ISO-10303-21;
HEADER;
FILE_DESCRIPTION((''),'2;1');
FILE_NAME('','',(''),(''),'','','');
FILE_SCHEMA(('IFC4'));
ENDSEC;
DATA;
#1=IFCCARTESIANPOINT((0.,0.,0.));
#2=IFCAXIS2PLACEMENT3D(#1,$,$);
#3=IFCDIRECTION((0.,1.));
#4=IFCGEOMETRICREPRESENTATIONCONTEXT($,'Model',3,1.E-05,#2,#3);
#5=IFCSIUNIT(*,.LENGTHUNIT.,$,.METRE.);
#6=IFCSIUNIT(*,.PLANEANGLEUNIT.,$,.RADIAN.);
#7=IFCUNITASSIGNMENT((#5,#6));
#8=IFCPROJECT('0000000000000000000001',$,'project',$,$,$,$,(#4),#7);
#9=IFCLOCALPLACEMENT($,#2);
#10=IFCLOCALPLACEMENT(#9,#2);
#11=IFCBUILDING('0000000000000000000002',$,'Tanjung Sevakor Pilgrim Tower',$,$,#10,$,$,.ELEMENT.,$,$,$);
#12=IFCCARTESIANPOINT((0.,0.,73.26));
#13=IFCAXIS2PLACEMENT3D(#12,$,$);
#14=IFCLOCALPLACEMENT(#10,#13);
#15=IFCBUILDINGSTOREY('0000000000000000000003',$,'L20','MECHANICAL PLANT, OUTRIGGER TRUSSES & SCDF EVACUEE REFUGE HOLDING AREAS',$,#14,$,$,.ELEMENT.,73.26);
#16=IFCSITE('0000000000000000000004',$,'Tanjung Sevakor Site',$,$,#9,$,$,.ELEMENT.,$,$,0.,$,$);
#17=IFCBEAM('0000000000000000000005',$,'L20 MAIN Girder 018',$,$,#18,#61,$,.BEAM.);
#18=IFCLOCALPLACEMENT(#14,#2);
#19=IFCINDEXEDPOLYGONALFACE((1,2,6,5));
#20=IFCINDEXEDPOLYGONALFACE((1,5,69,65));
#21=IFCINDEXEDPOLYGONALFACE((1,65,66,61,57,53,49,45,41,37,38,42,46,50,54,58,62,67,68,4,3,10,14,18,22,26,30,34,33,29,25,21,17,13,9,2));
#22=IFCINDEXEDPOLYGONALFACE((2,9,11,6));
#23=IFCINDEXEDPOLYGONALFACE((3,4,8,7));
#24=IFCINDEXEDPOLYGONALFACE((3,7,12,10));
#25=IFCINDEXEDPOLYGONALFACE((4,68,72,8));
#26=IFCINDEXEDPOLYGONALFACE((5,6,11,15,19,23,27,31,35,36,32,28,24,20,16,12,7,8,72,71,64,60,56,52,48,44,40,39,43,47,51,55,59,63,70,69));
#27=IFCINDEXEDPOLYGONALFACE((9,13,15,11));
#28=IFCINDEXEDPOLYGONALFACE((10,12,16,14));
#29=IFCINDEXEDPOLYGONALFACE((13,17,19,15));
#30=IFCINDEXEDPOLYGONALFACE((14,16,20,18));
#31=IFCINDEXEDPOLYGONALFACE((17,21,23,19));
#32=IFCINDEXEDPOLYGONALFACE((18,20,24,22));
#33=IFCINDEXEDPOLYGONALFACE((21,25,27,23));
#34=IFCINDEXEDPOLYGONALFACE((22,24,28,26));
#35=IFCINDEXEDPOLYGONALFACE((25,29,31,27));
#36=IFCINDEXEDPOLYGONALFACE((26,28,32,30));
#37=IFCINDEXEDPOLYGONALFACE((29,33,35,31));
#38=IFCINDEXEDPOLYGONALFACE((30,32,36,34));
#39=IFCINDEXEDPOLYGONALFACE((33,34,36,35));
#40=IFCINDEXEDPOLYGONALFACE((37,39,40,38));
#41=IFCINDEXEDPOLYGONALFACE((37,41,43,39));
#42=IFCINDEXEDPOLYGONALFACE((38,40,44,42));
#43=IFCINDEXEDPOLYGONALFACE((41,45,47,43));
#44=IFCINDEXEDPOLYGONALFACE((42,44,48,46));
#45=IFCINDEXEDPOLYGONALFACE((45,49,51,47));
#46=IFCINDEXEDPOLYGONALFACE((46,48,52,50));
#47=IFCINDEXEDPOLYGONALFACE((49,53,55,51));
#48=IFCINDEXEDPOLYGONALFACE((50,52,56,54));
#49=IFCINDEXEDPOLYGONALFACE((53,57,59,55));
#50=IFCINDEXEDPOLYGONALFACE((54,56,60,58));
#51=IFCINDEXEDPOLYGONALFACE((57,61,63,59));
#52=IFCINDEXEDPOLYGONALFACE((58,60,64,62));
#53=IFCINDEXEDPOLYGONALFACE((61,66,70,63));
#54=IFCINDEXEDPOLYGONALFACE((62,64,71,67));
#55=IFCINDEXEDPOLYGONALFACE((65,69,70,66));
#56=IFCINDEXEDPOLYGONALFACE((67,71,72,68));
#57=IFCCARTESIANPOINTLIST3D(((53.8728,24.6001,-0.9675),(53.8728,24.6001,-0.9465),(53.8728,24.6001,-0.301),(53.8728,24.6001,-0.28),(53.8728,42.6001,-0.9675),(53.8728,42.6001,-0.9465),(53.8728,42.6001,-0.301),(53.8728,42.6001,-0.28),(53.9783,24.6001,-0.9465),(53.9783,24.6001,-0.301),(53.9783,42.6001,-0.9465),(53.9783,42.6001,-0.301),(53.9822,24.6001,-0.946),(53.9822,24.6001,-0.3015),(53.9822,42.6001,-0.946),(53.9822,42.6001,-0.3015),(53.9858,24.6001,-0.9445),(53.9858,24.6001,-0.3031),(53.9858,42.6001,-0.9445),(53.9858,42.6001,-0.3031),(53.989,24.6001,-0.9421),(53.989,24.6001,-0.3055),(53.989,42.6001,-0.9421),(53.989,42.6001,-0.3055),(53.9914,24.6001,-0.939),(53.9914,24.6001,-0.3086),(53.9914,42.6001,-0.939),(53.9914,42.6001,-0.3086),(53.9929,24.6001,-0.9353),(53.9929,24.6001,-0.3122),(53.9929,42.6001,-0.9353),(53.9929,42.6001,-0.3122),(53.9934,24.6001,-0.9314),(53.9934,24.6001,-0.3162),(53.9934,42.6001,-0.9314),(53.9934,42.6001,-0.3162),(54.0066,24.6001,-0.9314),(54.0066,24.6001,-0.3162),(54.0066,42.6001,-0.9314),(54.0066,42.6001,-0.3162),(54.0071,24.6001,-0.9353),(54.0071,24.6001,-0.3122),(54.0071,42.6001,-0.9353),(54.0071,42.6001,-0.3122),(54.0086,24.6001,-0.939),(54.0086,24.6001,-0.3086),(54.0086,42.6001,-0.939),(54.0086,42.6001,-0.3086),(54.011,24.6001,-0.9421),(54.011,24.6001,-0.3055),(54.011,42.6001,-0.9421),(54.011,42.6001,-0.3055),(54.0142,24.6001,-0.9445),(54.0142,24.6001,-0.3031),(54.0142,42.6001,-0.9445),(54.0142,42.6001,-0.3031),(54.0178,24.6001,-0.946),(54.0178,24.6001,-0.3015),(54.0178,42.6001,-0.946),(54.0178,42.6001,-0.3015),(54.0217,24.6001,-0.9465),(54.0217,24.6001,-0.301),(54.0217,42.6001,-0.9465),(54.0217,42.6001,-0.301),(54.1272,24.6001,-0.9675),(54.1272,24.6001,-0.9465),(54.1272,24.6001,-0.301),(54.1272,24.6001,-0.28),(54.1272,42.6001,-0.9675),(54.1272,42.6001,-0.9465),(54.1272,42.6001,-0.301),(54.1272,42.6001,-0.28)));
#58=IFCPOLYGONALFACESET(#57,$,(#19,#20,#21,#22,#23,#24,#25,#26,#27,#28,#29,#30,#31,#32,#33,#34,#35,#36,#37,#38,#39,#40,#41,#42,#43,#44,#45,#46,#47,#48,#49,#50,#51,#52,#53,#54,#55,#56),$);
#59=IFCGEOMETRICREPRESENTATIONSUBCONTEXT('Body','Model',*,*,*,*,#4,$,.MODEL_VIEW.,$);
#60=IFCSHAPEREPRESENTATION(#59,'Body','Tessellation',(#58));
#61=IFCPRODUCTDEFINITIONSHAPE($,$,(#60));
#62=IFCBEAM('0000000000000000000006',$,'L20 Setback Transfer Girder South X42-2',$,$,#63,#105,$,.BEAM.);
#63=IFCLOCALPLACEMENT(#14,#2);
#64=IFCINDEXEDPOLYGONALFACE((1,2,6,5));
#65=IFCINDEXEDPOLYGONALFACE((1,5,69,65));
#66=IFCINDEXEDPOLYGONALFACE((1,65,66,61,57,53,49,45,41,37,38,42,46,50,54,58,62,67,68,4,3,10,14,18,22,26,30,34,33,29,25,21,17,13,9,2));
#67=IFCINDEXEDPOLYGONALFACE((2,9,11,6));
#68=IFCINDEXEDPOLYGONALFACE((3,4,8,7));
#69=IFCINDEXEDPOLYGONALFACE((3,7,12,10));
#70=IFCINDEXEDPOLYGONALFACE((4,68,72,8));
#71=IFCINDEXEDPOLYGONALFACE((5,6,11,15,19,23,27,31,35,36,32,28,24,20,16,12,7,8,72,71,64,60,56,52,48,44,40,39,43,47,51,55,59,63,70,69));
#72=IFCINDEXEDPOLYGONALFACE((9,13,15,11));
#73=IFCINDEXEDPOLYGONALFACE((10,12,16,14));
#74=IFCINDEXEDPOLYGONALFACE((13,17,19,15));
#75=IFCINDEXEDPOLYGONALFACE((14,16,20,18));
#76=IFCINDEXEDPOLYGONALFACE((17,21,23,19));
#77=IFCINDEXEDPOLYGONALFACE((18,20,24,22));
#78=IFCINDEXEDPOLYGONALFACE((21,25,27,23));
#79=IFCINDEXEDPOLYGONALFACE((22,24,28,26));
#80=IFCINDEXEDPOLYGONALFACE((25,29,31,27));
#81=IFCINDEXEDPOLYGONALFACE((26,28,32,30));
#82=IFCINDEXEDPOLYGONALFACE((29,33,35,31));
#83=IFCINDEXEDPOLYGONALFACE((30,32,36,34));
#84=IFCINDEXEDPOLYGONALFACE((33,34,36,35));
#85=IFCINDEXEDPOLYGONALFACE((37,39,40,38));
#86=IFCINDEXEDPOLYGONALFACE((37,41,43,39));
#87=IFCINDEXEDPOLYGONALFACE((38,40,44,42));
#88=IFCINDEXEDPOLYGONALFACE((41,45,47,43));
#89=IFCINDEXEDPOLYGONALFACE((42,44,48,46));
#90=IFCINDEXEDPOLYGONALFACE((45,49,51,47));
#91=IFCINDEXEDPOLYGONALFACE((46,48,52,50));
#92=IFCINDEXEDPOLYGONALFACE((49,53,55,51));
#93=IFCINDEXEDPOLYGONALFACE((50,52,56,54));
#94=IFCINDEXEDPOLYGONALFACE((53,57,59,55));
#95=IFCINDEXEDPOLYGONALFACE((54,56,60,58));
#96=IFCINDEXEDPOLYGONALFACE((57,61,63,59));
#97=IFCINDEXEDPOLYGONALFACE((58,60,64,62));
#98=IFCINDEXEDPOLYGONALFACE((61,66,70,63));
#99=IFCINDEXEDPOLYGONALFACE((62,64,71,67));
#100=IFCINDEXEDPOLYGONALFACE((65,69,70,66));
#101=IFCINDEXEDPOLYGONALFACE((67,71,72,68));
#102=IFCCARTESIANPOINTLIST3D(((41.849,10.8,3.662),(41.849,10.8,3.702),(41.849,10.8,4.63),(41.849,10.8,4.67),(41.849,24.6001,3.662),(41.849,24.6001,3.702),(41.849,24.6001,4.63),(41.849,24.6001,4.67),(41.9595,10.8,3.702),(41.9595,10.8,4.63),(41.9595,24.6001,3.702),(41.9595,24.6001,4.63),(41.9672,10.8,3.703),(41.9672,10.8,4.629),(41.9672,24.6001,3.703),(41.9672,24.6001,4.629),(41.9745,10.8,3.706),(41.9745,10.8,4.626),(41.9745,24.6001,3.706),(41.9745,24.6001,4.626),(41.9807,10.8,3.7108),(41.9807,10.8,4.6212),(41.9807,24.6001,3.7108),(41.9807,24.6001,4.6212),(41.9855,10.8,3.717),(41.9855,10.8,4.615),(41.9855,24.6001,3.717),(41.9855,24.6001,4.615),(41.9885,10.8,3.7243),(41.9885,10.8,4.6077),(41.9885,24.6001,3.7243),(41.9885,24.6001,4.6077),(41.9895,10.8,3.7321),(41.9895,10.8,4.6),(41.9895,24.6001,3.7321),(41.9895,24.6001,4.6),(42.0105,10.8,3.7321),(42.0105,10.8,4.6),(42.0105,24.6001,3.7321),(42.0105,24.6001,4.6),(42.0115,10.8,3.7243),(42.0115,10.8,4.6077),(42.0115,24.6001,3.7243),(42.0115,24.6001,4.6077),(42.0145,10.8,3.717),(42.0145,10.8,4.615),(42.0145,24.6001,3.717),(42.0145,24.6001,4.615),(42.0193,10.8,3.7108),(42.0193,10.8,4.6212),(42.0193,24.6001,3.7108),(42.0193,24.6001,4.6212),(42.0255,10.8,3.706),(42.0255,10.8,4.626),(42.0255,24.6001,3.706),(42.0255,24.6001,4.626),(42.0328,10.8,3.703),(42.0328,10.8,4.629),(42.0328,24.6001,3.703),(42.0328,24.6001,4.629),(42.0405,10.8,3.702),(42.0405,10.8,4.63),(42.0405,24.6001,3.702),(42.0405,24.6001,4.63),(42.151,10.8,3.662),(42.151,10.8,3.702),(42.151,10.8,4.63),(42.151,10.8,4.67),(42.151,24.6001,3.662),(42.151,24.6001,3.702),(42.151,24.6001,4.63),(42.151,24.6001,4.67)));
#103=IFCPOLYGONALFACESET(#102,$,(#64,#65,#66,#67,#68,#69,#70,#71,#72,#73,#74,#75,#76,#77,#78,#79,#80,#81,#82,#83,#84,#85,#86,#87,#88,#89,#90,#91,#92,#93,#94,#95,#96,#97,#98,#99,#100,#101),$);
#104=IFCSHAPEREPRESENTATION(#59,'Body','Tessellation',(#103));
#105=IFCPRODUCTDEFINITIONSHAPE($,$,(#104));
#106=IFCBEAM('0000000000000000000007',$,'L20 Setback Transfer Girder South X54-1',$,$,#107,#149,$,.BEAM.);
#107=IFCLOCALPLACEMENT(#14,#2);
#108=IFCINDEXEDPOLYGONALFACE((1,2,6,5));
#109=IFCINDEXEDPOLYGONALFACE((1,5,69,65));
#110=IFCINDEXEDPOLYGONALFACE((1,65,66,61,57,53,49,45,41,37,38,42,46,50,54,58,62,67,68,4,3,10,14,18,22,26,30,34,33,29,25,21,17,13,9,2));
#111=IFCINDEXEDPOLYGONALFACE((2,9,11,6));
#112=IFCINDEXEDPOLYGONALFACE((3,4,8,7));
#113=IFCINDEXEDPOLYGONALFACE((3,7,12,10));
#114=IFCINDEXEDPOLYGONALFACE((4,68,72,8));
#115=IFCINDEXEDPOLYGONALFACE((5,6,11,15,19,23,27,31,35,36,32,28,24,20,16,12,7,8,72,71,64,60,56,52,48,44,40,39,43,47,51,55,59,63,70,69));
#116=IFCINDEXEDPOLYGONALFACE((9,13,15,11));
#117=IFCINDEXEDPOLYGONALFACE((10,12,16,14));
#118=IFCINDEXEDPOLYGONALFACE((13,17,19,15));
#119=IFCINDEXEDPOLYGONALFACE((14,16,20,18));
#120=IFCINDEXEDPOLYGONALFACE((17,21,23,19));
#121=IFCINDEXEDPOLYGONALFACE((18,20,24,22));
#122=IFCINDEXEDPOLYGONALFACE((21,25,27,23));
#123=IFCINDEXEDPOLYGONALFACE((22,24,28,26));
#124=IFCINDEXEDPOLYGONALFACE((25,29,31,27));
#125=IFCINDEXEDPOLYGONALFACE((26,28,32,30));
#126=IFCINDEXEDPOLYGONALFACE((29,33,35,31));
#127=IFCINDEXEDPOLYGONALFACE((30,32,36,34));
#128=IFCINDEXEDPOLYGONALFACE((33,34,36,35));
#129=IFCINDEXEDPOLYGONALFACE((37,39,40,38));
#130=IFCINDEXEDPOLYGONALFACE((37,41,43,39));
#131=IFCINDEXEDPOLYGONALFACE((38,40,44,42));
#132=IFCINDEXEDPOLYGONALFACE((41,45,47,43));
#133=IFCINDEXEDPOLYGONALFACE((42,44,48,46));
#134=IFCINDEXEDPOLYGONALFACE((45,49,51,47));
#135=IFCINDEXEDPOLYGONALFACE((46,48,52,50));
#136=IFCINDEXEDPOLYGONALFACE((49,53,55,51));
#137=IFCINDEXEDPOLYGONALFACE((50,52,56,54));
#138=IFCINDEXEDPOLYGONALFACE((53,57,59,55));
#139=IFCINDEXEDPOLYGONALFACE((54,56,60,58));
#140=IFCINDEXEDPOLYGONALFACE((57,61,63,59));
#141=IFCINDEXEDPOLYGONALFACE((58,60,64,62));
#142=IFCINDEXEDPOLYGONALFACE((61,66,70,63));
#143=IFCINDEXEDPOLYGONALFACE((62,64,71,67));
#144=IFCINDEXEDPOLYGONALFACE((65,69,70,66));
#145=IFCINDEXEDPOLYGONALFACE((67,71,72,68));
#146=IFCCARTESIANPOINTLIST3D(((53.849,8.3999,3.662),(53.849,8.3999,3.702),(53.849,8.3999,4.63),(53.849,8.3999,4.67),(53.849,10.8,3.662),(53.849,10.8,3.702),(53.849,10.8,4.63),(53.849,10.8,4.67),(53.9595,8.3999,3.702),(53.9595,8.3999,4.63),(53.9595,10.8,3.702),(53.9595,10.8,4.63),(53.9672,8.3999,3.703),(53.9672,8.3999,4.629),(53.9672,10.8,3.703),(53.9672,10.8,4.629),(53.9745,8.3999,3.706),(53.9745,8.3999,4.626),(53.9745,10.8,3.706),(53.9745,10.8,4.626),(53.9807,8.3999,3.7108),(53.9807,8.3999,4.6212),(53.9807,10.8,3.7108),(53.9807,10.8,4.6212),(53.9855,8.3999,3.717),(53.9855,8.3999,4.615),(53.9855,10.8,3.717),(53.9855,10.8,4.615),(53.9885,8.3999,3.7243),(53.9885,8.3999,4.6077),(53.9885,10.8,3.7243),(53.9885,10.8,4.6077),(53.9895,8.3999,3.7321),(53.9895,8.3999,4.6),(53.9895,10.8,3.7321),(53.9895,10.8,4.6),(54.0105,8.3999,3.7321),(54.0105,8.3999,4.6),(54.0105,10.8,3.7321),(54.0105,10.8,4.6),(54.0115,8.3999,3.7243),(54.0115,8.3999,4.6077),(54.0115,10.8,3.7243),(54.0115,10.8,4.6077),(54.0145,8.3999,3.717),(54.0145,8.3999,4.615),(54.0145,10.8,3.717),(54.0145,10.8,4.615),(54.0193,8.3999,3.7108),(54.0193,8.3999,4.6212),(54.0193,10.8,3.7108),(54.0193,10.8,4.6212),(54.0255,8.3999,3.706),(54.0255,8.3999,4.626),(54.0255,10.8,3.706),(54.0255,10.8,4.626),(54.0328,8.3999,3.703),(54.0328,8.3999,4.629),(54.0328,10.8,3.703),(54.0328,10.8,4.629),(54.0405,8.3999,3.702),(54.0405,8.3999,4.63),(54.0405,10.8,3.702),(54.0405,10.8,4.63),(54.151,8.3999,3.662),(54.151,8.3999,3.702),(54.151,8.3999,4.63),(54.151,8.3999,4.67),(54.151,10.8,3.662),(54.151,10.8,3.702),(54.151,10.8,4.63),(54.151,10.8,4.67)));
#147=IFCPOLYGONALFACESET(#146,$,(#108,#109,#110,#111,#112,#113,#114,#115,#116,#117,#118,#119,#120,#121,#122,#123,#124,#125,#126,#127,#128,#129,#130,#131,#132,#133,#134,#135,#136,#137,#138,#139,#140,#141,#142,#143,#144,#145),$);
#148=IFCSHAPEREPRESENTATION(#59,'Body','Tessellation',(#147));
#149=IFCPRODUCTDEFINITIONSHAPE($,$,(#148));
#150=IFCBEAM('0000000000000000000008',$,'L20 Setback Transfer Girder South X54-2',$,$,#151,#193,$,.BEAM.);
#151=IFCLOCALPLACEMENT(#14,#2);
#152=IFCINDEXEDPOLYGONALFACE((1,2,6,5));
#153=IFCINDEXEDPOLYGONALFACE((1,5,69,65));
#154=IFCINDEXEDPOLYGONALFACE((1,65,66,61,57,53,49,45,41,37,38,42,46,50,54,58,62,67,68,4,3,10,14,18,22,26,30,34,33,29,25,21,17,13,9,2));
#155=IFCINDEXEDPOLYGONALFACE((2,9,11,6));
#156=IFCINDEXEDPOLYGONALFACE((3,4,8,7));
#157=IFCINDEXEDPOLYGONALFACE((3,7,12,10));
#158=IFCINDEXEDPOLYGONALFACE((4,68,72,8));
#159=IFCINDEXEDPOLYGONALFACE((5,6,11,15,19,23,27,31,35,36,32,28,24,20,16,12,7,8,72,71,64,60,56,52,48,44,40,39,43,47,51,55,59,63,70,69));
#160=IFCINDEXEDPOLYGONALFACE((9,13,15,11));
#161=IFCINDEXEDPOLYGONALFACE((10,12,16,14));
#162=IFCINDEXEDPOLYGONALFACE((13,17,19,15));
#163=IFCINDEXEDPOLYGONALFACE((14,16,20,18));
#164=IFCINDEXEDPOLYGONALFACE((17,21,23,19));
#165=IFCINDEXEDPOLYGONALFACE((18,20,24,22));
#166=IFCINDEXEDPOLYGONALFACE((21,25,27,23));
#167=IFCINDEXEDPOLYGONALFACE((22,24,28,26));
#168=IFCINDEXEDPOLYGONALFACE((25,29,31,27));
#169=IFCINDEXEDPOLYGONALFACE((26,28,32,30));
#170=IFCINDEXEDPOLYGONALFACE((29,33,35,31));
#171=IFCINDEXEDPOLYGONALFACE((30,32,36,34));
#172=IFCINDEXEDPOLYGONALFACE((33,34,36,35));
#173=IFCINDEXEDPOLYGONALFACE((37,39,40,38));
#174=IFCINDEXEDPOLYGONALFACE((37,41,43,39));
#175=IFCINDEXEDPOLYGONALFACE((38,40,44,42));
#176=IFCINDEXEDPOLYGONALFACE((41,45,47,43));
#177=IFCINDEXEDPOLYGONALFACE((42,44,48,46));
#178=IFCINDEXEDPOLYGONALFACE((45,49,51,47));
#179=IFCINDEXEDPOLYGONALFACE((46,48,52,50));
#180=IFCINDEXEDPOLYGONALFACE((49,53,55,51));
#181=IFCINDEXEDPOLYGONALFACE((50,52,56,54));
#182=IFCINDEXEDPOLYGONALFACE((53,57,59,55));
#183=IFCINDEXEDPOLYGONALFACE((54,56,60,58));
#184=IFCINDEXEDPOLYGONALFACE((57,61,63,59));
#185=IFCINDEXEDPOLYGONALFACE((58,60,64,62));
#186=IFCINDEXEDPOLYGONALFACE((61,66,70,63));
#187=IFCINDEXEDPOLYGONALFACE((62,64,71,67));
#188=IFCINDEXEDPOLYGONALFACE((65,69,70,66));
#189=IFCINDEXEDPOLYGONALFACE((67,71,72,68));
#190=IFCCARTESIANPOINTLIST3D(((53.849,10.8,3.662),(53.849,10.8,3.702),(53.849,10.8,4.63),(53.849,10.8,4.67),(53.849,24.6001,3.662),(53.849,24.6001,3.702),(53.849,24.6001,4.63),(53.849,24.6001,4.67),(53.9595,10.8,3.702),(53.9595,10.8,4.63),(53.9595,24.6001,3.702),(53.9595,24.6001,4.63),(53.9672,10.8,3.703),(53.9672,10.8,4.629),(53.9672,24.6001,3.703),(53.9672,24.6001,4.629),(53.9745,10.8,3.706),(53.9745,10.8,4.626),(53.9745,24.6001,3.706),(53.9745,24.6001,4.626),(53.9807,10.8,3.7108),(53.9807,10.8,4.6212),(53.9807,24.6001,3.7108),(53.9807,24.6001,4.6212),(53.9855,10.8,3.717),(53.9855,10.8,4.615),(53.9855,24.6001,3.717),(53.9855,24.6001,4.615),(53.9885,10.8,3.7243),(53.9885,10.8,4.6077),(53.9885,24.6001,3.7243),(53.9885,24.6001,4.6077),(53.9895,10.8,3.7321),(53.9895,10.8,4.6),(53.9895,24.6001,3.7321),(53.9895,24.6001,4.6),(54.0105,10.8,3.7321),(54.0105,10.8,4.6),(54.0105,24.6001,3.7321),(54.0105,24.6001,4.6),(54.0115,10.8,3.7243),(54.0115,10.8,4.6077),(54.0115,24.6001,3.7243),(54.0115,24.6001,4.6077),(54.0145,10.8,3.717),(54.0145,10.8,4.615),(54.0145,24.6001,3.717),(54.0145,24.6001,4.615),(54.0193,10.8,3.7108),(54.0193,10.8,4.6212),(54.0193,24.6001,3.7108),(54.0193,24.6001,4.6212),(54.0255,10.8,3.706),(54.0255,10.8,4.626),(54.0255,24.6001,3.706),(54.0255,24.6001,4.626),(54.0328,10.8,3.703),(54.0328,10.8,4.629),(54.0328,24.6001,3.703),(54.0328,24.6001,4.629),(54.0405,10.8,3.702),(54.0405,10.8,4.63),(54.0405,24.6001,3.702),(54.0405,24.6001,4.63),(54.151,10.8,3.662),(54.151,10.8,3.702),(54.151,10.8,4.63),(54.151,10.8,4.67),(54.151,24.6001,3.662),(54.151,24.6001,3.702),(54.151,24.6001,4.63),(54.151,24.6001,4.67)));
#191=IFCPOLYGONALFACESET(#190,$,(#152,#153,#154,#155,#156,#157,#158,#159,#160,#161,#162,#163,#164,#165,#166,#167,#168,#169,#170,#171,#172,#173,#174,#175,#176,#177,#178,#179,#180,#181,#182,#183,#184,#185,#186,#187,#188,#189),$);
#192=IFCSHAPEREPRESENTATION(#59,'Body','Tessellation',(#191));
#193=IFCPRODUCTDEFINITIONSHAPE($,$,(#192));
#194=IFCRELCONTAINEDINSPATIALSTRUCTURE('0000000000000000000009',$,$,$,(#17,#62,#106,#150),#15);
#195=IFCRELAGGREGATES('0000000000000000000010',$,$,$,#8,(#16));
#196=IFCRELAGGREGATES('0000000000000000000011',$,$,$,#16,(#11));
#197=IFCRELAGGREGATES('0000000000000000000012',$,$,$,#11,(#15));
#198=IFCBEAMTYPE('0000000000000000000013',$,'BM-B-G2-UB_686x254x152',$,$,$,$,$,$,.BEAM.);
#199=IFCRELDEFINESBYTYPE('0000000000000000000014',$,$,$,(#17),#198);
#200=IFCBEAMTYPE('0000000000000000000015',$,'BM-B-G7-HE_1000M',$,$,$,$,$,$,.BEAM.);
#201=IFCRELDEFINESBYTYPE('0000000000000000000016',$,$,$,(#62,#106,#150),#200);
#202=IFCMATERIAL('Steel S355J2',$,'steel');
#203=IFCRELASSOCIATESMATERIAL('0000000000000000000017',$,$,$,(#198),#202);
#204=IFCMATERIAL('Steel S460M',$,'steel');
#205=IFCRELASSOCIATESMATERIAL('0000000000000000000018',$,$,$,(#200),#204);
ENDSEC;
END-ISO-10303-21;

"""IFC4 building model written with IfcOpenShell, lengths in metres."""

from ifc_helpers import new_model, si_unit, direction, frame, origin, origin_2d, place, context, subcontext, project, spatial, i_section, extrude, material, material_profile, profile_set, type_object, element, save


model = new_model("IFC4")

# Units and contexts
model_context = context("Model", 3, precision=1e-05, world=origin(), true_north=direction((0.0, 1.0)))
body_context = subcontext(model_context, "Body", "Model", "MODEL_VIEW")
ifc_project = project(units=[si_unit("LENGTHUNIT", "METRE"), si_unit("PLANEANGLEUNIT", "RADIAN")], contexts=[model_context])

# Site, building, storey
site_placement = place(None, origin())
site = spatial("IfcSite", under=ifc_project, at=site_placement, Name="Tanjung Sevakor Site", CompositionType="ELEMENT", RefElevation=0.0)
building_placement = place(site_placement, origin())
building = spatial("IfcBuilding", under=site, at=building_placement, Name="Tanjung Sevakor Pilgrim Tower", CompositionType="ELEMENT")
storey_placement = place(building_placement, frame((0.0, 0.0, 73.26)))
storey = spatial("IfcBuildingStorey", under=building, at=storey_placement, Name="L20", Description="MECHANICAL PLANT, OUTRIGGER TRUSSES & SCDF EVACUEE REFUGE HOLDING AREAS", CompositionType="ELEMENT", Elevation=73.26)

# Beams
ifc_material_1 = material(Name="Steel S355J2", Category="steel")
ifc_material_profile_1 = material_profile(ifc_material_1, i_section(OverallWidth=0.2544, OverallDepth=0.6875, WebThickness=0.0132, FlangeThickness=0.021, FilletRadius=0.0151, at=origin_2d()))
ifc_profile_set_1 = profile_set([ifc_material_profile_1], Name="Steel S355J2")
beam_type_1 = type_object("IfcBeamType", Name="BM-B-G2-UB_686x254x152", PredefinedType="BEAM", material=ifc_profile_set_1)
beam_1_placement = place(storey_placement, frame((54.0, 24.6001, -0.6238), z_axis=(0.0, 1.0, 0.0), x_axis=(-1.0, 0.0, 0.0)))
element("IfcBeam", 1, at=beam_1_placement, inside=storey, type_object=beam_type_1, Name="L20 MAIN Girder 018", PredefinedType="BEAM", context=body_context, shape_type="SweptSolid", body=[
    extrude(i_section(OverallWidth=0.2544, OverallDepth=0.6875, WebThickness=0.0132, FlangeThickness=0.021, FilletRadius=0.0151, at=origin_2d()), origin(), (0.0, 0.0, 1.0), 18.0),
])
ifc_material_2 = material(Name="Steel S460M", Category="steel")
ifc_material_profile_2 = material_profile(ifc_material_2, i_section(OverallWidth=0.302, OverallDepth=1.0081, WebThickness=0.021, FlangeThickness=0.04, FilletRadius=0.03, at=origin_2d()))
ifc_profile_set_2 = profile_set([ifc_material_profile_2], Name="Steel S460M")
beam_type_2 = type_object("IfcBeamType", Name="BM-B-G7-HE_1000M", PredefinedType="BEAM", material=ifc_profile_set_2)
beam_2_placement = place(storey_placement, frame((42.0, 10.8, 4.166), z_axis=(0.0, 1.0, 0.0), x_axis=(-1.0, 0.0, 0.0)))
element("IfcBeam", 2, at=beam_2_placement, inside=storey, type_object=beam_type_2, Name="L20 Setback Transfer Girder South X42-2", PredefinedType="BEAM", context=body_context, shape_type="SweptSolid", body=[
    extrude(i_section(OverallWidth=0.302, OverallDepth=1.0081, WebThickness=0.021, FlangeThickness=0.04, FilletRadius=0.03, at=origin_2d()), origin(), (0.0, 0.0, 1.0), 13.8),
])
beam_3_placement = place(storey_placement, frame((54.0, 8.3999, 4.166), z_axis=(0.0, 1.0, 0.0), x_axis=(-1.0, 0.0, 0.0)))
element("IfcBeam", 3, at=beam_3_placement, inside=storey, type_object=beam_type_2, Name="L20 Setback Transfer Girder South X54-1", PredefinedType="BEAM", context=body_context, shape_type="SweptSolid", body=[
    extrude(i_section(OverallWidth=0.302, OverallDepth=1.0081, WebThickness=0.021, FlangeThickness=0.04, FilletRadius=0.03, at=origin_2d()), origin(), (0.0, 0.0, 1.0), 2.4001),
])
beam_4_placement = place(storey_placement, frame((54.0, 10.8, 4.166), z_axis=(0.0, 1.0, 0.0), x_axis=(-1.0, 0.0, 0.0)))
element("IfcBeam", 4, at=beam_4_placement, inside=storey, type_object=beam_type_2, Name="L20 Setback Transfer Girder South X54-2", PredefinedType="BEAM", context=body_context, shape_type="SweptSolid", body=[
    extrude(i_section(OverallWidth=0.302, OverallDepth=1.0081, WebThickness=0.021, FlangeThickness=0.04, FilletRadius=0.03, at=origin_2d()), origin(), (0.0, 0.0, 1.0), 13.8),
])

save(model, "model.ifc")
